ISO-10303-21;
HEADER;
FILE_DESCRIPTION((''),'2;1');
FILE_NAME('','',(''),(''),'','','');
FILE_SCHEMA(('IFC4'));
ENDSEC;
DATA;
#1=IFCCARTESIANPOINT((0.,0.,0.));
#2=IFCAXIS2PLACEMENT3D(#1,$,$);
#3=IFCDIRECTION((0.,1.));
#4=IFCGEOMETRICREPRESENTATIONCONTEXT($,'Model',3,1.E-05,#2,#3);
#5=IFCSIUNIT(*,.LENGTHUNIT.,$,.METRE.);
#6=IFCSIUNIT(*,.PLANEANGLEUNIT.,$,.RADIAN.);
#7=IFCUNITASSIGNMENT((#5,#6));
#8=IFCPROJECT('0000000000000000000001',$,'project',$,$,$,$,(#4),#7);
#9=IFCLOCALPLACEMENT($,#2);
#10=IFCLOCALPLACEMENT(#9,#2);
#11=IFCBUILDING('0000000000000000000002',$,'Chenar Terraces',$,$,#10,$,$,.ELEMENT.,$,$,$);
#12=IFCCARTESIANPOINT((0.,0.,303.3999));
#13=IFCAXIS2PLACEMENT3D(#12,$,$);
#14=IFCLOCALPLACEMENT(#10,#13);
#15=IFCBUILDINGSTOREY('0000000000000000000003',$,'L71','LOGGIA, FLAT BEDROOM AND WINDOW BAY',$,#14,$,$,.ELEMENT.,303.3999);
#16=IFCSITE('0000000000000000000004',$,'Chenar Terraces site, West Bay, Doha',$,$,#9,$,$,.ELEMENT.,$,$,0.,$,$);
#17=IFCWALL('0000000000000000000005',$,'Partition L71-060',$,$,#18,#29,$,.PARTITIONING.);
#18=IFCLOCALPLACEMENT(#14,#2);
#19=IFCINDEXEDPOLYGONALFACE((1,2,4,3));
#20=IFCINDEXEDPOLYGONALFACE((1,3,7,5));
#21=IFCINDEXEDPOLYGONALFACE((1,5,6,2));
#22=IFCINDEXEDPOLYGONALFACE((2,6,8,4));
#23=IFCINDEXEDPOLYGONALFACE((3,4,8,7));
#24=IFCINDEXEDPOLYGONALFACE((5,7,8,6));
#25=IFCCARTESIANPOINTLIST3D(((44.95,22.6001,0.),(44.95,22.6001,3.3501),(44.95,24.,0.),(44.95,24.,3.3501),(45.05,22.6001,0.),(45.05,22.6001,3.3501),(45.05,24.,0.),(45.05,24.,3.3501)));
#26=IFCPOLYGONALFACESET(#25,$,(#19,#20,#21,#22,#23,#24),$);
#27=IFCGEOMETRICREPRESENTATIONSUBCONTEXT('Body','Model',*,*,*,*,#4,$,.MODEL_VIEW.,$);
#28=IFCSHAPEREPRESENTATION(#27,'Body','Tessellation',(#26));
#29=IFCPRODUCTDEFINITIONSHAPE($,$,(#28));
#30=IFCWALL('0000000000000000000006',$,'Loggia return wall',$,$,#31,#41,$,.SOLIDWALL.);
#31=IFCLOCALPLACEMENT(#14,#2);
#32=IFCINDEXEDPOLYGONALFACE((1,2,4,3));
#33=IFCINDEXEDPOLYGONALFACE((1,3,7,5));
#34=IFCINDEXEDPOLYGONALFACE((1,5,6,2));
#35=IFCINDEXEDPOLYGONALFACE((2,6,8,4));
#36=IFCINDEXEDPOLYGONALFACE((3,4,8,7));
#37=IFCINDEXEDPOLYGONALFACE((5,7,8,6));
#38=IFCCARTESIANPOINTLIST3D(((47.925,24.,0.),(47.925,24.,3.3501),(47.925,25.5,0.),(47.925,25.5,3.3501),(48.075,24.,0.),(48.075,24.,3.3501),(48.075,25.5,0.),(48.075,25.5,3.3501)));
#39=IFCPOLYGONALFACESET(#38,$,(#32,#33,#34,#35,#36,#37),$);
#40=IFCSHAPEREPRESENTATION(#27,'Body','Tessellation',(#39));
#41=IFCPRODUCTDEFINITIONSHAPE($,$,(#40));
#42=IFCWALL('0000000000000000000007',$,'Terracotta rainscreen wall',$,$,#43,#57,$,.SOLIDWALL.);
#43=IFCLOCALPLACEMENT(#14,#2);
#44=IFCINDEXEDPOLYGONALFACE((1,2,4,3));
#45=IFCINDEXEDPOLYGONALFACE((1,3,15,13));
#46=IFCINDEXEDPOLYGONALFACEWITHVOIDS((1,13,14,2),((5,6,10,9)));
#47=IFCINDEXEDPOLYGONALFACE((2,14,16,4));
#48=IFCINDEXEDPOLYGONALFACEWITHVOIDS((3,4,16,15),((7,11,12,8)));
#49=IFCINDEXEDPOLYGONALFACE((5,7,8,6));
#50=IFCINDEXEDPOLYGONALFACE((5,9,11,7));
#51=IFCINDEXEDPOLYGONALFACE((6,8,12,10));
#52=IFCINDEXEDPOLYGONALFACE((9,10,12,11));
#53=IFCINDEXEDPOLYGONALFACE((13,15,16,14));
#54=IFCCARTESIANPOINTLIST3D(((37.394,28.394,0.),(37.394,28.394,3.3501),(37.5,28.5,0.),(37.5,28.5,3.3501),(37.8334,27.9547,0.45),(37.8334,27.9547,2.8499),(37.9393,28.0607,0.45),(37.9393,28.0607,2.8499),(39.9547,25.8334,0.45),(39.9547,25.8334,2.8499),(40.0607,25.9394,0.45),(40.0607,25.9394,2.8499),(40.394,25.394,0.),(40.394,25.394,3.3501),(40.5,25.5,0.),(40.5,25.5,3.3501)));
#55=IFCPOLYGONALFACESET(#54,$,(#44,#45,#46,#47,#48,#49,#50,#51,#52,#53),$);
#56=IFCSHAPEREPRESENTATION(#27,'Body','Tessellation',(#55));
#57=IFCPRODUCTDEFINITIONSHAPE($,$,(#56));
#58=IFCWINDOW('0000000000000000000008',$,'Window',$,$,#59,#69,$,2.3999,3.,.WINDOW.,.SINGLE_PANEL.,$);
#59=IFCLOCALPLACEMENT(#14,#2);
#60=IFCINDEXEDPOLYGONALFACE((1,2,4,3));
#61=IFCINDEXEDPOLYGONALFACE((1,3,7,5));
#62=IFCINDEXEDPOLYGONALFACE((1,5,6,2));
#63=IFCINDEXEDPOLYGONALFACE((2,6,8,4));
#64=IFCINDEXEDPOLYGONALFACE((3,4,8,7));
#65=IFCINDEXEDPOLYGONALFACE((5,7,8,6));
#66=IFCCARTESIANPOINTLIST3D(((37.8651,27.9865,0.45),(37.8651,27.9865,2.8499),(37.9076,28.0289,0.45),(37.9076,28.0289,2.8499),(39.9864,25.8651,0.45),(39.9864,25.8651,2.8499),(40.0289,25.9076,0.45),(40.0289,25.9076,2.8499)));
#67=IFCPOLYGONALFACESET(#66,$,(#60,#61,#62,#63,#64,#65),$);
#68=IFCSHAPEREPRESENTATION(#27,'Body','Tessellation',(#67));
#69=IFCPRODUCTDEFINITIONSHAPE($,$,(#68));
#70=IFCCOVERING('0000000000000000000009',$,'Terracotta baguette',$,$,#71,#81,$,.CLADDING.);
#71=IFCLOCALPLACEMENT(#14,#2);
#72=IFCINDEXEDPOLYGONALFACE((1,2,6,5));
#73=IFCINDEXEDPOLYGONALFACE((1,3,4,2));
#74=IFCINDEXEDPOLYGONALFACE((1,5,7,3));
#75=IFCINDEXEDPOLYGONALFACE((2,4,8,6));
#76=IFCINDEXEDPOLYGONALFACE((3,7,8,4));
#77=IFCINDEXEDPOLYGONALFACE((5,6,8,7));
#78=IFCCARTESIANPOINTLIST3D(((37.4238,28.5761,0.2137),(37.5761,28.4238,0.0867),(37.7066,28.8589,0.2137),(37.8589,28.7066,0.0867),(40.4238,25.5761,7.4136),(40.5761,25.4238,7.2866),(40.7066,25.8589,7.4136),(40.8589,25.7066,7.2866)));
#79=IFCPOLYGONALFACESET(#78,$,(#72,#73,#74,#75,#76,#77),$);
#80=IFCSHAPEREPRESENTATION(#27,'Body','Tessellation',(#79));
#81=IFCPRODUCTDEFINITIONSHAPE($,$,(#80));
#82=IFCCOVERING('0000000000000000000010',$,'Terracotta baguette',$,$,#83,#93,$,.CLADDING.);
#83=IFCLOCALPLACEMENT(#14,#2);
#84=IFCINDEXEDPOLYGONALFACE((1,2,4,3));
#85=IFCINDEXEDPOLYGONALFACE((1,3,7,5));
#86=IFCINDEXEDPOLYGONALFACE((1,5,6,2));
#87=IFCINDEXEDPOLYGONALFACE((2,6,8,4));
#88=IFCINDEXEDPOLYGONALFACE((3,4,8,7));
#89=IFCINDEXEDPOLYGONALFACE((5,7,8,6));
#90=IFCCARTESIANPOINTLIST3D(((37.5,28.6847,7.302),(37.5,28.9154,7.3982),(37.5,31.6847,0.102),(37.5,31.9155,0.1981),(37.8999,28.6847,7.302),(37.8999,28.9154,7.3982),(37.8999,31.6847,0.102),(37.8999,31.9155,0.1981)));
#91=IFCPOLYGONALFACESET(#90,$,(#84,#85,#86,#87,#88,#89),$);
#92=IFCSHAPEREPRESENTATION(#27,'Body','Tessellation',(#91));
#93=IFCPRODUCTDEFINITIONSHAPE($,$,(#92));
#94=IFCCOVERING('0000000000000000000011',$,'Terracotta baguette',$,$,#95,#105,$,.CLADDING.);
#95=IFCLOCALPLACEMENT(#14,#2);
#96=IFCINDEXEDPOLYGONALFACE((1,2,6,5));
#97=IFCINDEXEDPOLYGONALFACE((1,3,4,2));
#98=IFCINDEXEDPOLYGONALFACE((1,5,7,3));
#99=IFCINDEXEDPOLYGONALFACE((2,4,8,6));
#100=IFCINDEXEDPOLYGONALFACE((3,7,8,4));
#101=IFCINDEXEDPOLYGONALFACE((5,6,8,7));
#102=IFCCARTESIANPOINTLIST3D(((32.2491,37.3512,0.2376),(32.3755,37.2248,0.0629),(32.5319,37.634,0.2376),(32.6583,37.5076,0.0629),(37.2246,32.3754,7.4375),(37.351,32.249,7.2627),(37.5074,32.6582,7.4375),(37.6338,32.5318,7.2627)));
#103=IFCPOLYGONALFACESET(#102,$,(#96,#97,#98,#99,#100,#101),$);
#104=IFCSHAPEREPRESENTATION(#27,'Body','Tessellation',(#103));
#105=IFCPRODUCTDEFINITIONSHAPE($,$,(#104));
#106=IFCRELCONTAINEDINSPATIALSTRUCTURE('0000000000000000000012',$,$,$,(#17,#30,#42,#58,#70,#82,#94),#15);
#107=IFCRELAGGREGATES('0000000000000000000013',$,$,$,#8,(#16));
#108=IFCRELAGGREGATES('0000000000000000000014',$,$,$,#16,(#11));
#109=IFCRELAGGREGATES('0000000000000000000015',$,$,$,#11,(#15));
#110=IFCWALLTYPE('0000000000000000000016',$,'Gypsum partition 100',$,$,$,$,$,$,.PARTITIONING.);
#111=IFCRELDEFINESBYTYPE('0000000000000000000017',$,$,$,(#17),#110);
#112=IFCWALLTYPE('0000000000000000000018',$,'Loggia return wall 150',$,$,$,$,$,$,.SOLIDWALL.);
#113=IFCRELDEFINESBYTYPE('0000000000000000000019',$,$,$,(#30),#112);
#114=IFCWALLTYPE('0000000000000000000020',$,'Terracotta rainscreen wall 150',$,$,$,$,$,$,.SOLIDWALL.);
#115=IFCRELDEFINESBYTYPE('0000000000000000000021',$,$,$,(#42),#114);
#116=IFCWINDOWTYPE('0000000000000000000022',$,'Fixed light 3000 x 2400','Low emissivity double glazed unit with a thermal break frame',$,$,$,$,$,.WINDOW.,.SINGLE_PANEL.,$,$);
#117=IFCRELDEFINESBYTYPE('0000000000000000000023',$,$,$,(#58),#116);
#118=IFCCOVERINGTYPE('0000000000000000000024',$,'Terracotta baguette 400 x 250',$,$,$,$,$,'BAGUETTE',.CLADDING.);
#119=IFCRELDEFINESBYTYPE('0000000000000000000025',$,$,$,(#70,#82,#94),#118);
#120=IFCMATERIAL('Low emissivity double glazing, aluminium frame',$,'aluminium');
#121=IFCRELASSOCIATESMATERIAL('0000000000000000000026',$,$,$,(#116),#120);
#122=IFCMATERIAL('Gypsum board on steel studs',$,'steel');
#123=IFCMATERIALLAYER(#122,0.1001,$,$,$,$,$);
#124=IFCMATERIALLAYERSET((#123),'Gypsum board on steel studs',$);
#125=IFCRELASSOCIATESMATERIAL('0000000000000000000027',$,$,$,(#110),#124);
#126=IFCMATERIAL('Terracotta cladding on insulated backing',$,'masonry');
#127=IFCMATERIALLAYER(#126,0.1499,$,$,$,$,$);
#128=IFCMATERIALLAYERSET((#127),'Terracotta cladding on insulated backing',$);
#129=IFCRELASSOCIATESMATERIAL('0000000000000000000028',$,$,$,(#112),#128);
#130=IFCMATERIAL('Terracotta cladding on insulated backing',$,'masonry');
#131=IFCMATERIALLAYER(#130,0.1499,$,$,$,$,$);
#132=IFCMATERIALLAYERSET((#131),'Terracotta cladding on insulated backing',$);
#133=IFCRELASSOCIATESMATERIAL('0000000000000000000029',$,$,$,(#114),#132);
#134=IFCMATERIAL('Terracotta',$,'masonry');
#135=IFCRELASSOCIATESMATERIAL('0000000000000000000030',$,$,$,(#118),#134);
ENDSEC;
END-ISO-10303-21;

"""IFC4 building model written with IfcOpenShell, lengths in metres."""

from ifc_helpers import new_model, si_unit, direction, frame, frame_2d, origin, origin_2d, place, context, subcontext, project, spatial, rectangle, extrude, material, layer, layer_set, material_profile, profile_set, type_object, element, fill, save


model = new_model("IFC4")

# Units and contexts
model_context = context("Model", 3, precision=1e-05, world=origin(), true_north=direction((0.0, 1.0)))
body_context = subcontext(model_context, "Body", "Model", "MODEL_VIEW")
ifc_project = project(units=[si_unit("LENGTHUNIT", "METRE"), si_unit("PLANEANGLEUNIT", "RADIAN")], contexts=[model_context])

# Site, building, storey
site_placement = place(None, origin())
site = spatial("IfcSite", under=ifc_project, at=site_placement, Name="Chenar Terraces site, West Bay, Doha", CompositionType="ELEMENT", RefElevation=0.0)
building_placement = place(site_placement, origin())
building = spatial("IfcBuilding", under=site, at=building_placement, Name="Chenar Terraces", CompositionType="ELEMENT")
storey_placement = place(building_placement, frame((0.0, 0.0, 303.3999)))
storey = spatial("IfcBuildingStorey", under=building, at=storey_placement, Name="L71", Description="LOGGIA, FLAT BEDROOM AND WINDOW BAY", CompositionType="ELEMENT", Elevation=303.3999)

# Shared definitions
ifc_material_1 = material(Name="Low emissivity double glazing, aluminium frame", Category="aluminium")
window_type_1 = type_object("IfcWindowType", Name="Fixed light 3000 x 2400", Description="Low emissivity double glazed unit with a thermal break frame", PartitioningType="SINGLE_PANEL", PredefinedType="WINDOW", material=ifc_material_1)

# Walls
ifc_material_2 = material(Name="Gypsum board on steel studs", Category="steel")
ifc_layer_1 = layer(ifc_material_2, 0.1001)
ifc_layer_set_1 = layer_set([ifc_layer_1], Name="Gypsum board on steel studs")
wall_type_1 = type_object("IfcWallType", Name="Gypsum partition 100", PredefinedType="PARTITIONING", material=ifc_layer_set_1)
wall_1_placement = place(storey_placement, frame((45.0, 22.6001, 0.0), z_axis=(0.0, 0.0, 1.0), x_axis=(0.0, 1.0, 0.0)))
element("IfcWall", 1, at=wall_1_placement, inside=storey, type_object=wall_type_1, Name="Partition L71-060", PredefinedType="PARTITIONING", context=body_context, shape_type="SweptSolid", body=[
    extrude(rectangle(XDim=1.3999, YDim=0.1001, at=frame_2d((0.7, 0.0))), origin(), (0.0, 0.0, 1.0), 3.3501),
])
ifc_material_3 = material(Name="Terracotta cladding on insulated backing", Category="masonry")
ifc_layer_2 = layer(ifc_material_3, 0.1499)
ifc_layer_set_2 = layer_set([ifc_layer_2], Name="Terracotta cladding on insulated backing")
wall_type_2 = type_object("IfcWallType", Name="Loggia return wall 150", PredefinedType="SOLIDWALL", material=ifc_layer_set_2)
wall_2_placement = place(storey_placement, frame((48.0, 25.5, 0.0), z_axis=(0.0, 0.0, 1.0), x_axis=(0.0, -1.0, 0.0)))
element("IfcWall", 2, at=wall_2_placement, inside=storey, type_object=wall_type_2, Name="Loggia return wall", PredefinedType="SOLIDWALL", context=body_context, shape_type="SweptSolid", body=[
    extrude(rectangle(XDim=1.5, YDim=0.1499, at=frame_2d((0.75, 0.0))), origin(), (0.0, 0.0, 1.0), 3.3501),
])

# Wall, opening, window
ifc_material_4 = material(Name="Terracotta cladding on insulated backing", Category="masonry")
ifc_layer_3 = layer(ifc_material_4, 0.1499)
ifc_layer_set_3 = layer_set([ifc_layer_3], Name="Terracotta cladding on insulated backing")
wall_type_3 = type_object("IfcWallType", Name="Terracotta rainscreen wall 150", PredefinedType="SOLIDWALL", material=ifc_layer_set_3)
wall_3_placement = place(storey_placement, frame((40.447, 25.447, 0.0), z_axis=(0.0, 0.0, 1.0), x_axis=(-0.707107, 0.707107, 0.0)))
wall_3 = element("IfcWall", 3, at=wall_3_placement, inside=storey, type_object=wall_type_3, Name="Terracotta rainscreen wall", PredefinedType="SOLIDWALL", context=body_context, shape_type="SweptSolid", body=[
    extrude(rectangle(XDim=4.2427, YDim=0.1499, at=frame_2d((2.1213, 0.0))), origin(), (0.0, 0.0, 1.0), 3.3501),
])
opening_1_placement = place(wall_3_placement, frame((0.6213, 0.0, 0.45)))
opening_1 = element("IfcOpeningElement", 4, at=opening_1_placement, cuts=wall_3, PredefinedType="OPENING", context=body_context, shape_type="SweptSolid", body=[
    extrude(rectangle(XDim=3.0, YDim=2.3999, at=frame_2d((1.5, 1.2))), frame((0.0, 0.085, 0.0), z_axis=(0.0, -1.0, 0.0), x_axis=(1.0, 0.0, 0.0)), (0.0, 0.0, 1.0), 0.1699),
])
window_1_placement = place(opening_1_placement, origin())
window_1 = element("IfcWindow", 5, at=window_1_placement, inside=storey, type_object=window_type_1, Name="Window", OverallHeight=2.3999, OverallWidth=3.0, PartitioningType="SINGLE_PANEL", PredefinedType="WINDOW", context=body_context, shape_type="SweptSolid", body=[
    extrude(rectangle(XDim=3.0, YDim=2.3999, at=frame_2d((1.5, 1.2))), frame((0.0, 0.03, 0.0), z_axis=(0.0, -1.0, 0.0), x_axis=(1.0, 0.0, 0.0)), (0.0, 0.0, 1.0), 0.0601),
])
fill(opening_1, window_1)

# Coverings
ifc_material_5 = material(Name="Terracotta", Category="masonry")
ifc_material_profile_1 = material_profile(ifc_material_5, rectangle(XDim=0.3999, YDim=0.25, at=origin_2d()), Name="Terracotta baguette 400 x 250")
ifc_profile_set_1 = profile_set([ifc_material_profile_1], Name="Terracotta")
covering_type = type_object("IfcCoveringType", Name="Terracotta baguette 400 x 250", ElementType="BAGUETTE", PredefinedType="CLADDING", material=ifc_profile_set_1)
covering_1_placement = place(storey_placement, frame((40.6414, 25.6414, 7.3501), z_axis=(-0.358981, 0.358981, -0.861548), x_axis=(-0.707107, -0.707107, 0.0)))
element("IfcCovering", 6, at=covering_1_placement, inside=storey, type_object=covering_type, Name="Terracotta baguette", PredefinedType="CLADDING", context=body_context, shape_type="SweptSolid", body=[
    extrude(rectangle(XDim=0.3999, YDim=0.25, at=origin_2d()), origin(), (0.0, 0.0, 1.0), 8.3569),
])
covering_2_placement = place(storey_placement, frame((37.7, 28.8, 7.3501), z_axis=(0.0, 0.384618, -0.923076), x_axis=(-1.0, 0.0, 0.0)))
element("IfcCovering", 7, at=covering_2_placement, inside=storey, type_object=covering_type, Name="Terracotta baguette", PredefinedType="CLADDING", context=body_context, shape_type="SweptSolid", body=[
    extrude(rectangle(XDim=0.3999, YDim=0.25, at=origin_2d()), origin(), (0.0, 0.0, 1.0), 7.8),
])
covering_3_placement = place(storey_placement, frame((37.4292, 32.4536, 7.3501), z_axis=(-0.494222, 0.494247, -0.715167), x_axis=(-0.707124, -0.707089, 0.0)))
element("IfcCovering", 8, at=covering_3_placement, inside=storey, type_object=covering_type, Name="Terracotta baguette", PredefinedType="CLADDING", context=body_context, shape_type="SweptSolid", body=[
    extrude(rectangle(XDim=0.3999, YDim=0.25, at=origin_2d()), origin(), (0.0, 0.0, 1.0), 10.0674),
])

save(model, "model.ifc")
